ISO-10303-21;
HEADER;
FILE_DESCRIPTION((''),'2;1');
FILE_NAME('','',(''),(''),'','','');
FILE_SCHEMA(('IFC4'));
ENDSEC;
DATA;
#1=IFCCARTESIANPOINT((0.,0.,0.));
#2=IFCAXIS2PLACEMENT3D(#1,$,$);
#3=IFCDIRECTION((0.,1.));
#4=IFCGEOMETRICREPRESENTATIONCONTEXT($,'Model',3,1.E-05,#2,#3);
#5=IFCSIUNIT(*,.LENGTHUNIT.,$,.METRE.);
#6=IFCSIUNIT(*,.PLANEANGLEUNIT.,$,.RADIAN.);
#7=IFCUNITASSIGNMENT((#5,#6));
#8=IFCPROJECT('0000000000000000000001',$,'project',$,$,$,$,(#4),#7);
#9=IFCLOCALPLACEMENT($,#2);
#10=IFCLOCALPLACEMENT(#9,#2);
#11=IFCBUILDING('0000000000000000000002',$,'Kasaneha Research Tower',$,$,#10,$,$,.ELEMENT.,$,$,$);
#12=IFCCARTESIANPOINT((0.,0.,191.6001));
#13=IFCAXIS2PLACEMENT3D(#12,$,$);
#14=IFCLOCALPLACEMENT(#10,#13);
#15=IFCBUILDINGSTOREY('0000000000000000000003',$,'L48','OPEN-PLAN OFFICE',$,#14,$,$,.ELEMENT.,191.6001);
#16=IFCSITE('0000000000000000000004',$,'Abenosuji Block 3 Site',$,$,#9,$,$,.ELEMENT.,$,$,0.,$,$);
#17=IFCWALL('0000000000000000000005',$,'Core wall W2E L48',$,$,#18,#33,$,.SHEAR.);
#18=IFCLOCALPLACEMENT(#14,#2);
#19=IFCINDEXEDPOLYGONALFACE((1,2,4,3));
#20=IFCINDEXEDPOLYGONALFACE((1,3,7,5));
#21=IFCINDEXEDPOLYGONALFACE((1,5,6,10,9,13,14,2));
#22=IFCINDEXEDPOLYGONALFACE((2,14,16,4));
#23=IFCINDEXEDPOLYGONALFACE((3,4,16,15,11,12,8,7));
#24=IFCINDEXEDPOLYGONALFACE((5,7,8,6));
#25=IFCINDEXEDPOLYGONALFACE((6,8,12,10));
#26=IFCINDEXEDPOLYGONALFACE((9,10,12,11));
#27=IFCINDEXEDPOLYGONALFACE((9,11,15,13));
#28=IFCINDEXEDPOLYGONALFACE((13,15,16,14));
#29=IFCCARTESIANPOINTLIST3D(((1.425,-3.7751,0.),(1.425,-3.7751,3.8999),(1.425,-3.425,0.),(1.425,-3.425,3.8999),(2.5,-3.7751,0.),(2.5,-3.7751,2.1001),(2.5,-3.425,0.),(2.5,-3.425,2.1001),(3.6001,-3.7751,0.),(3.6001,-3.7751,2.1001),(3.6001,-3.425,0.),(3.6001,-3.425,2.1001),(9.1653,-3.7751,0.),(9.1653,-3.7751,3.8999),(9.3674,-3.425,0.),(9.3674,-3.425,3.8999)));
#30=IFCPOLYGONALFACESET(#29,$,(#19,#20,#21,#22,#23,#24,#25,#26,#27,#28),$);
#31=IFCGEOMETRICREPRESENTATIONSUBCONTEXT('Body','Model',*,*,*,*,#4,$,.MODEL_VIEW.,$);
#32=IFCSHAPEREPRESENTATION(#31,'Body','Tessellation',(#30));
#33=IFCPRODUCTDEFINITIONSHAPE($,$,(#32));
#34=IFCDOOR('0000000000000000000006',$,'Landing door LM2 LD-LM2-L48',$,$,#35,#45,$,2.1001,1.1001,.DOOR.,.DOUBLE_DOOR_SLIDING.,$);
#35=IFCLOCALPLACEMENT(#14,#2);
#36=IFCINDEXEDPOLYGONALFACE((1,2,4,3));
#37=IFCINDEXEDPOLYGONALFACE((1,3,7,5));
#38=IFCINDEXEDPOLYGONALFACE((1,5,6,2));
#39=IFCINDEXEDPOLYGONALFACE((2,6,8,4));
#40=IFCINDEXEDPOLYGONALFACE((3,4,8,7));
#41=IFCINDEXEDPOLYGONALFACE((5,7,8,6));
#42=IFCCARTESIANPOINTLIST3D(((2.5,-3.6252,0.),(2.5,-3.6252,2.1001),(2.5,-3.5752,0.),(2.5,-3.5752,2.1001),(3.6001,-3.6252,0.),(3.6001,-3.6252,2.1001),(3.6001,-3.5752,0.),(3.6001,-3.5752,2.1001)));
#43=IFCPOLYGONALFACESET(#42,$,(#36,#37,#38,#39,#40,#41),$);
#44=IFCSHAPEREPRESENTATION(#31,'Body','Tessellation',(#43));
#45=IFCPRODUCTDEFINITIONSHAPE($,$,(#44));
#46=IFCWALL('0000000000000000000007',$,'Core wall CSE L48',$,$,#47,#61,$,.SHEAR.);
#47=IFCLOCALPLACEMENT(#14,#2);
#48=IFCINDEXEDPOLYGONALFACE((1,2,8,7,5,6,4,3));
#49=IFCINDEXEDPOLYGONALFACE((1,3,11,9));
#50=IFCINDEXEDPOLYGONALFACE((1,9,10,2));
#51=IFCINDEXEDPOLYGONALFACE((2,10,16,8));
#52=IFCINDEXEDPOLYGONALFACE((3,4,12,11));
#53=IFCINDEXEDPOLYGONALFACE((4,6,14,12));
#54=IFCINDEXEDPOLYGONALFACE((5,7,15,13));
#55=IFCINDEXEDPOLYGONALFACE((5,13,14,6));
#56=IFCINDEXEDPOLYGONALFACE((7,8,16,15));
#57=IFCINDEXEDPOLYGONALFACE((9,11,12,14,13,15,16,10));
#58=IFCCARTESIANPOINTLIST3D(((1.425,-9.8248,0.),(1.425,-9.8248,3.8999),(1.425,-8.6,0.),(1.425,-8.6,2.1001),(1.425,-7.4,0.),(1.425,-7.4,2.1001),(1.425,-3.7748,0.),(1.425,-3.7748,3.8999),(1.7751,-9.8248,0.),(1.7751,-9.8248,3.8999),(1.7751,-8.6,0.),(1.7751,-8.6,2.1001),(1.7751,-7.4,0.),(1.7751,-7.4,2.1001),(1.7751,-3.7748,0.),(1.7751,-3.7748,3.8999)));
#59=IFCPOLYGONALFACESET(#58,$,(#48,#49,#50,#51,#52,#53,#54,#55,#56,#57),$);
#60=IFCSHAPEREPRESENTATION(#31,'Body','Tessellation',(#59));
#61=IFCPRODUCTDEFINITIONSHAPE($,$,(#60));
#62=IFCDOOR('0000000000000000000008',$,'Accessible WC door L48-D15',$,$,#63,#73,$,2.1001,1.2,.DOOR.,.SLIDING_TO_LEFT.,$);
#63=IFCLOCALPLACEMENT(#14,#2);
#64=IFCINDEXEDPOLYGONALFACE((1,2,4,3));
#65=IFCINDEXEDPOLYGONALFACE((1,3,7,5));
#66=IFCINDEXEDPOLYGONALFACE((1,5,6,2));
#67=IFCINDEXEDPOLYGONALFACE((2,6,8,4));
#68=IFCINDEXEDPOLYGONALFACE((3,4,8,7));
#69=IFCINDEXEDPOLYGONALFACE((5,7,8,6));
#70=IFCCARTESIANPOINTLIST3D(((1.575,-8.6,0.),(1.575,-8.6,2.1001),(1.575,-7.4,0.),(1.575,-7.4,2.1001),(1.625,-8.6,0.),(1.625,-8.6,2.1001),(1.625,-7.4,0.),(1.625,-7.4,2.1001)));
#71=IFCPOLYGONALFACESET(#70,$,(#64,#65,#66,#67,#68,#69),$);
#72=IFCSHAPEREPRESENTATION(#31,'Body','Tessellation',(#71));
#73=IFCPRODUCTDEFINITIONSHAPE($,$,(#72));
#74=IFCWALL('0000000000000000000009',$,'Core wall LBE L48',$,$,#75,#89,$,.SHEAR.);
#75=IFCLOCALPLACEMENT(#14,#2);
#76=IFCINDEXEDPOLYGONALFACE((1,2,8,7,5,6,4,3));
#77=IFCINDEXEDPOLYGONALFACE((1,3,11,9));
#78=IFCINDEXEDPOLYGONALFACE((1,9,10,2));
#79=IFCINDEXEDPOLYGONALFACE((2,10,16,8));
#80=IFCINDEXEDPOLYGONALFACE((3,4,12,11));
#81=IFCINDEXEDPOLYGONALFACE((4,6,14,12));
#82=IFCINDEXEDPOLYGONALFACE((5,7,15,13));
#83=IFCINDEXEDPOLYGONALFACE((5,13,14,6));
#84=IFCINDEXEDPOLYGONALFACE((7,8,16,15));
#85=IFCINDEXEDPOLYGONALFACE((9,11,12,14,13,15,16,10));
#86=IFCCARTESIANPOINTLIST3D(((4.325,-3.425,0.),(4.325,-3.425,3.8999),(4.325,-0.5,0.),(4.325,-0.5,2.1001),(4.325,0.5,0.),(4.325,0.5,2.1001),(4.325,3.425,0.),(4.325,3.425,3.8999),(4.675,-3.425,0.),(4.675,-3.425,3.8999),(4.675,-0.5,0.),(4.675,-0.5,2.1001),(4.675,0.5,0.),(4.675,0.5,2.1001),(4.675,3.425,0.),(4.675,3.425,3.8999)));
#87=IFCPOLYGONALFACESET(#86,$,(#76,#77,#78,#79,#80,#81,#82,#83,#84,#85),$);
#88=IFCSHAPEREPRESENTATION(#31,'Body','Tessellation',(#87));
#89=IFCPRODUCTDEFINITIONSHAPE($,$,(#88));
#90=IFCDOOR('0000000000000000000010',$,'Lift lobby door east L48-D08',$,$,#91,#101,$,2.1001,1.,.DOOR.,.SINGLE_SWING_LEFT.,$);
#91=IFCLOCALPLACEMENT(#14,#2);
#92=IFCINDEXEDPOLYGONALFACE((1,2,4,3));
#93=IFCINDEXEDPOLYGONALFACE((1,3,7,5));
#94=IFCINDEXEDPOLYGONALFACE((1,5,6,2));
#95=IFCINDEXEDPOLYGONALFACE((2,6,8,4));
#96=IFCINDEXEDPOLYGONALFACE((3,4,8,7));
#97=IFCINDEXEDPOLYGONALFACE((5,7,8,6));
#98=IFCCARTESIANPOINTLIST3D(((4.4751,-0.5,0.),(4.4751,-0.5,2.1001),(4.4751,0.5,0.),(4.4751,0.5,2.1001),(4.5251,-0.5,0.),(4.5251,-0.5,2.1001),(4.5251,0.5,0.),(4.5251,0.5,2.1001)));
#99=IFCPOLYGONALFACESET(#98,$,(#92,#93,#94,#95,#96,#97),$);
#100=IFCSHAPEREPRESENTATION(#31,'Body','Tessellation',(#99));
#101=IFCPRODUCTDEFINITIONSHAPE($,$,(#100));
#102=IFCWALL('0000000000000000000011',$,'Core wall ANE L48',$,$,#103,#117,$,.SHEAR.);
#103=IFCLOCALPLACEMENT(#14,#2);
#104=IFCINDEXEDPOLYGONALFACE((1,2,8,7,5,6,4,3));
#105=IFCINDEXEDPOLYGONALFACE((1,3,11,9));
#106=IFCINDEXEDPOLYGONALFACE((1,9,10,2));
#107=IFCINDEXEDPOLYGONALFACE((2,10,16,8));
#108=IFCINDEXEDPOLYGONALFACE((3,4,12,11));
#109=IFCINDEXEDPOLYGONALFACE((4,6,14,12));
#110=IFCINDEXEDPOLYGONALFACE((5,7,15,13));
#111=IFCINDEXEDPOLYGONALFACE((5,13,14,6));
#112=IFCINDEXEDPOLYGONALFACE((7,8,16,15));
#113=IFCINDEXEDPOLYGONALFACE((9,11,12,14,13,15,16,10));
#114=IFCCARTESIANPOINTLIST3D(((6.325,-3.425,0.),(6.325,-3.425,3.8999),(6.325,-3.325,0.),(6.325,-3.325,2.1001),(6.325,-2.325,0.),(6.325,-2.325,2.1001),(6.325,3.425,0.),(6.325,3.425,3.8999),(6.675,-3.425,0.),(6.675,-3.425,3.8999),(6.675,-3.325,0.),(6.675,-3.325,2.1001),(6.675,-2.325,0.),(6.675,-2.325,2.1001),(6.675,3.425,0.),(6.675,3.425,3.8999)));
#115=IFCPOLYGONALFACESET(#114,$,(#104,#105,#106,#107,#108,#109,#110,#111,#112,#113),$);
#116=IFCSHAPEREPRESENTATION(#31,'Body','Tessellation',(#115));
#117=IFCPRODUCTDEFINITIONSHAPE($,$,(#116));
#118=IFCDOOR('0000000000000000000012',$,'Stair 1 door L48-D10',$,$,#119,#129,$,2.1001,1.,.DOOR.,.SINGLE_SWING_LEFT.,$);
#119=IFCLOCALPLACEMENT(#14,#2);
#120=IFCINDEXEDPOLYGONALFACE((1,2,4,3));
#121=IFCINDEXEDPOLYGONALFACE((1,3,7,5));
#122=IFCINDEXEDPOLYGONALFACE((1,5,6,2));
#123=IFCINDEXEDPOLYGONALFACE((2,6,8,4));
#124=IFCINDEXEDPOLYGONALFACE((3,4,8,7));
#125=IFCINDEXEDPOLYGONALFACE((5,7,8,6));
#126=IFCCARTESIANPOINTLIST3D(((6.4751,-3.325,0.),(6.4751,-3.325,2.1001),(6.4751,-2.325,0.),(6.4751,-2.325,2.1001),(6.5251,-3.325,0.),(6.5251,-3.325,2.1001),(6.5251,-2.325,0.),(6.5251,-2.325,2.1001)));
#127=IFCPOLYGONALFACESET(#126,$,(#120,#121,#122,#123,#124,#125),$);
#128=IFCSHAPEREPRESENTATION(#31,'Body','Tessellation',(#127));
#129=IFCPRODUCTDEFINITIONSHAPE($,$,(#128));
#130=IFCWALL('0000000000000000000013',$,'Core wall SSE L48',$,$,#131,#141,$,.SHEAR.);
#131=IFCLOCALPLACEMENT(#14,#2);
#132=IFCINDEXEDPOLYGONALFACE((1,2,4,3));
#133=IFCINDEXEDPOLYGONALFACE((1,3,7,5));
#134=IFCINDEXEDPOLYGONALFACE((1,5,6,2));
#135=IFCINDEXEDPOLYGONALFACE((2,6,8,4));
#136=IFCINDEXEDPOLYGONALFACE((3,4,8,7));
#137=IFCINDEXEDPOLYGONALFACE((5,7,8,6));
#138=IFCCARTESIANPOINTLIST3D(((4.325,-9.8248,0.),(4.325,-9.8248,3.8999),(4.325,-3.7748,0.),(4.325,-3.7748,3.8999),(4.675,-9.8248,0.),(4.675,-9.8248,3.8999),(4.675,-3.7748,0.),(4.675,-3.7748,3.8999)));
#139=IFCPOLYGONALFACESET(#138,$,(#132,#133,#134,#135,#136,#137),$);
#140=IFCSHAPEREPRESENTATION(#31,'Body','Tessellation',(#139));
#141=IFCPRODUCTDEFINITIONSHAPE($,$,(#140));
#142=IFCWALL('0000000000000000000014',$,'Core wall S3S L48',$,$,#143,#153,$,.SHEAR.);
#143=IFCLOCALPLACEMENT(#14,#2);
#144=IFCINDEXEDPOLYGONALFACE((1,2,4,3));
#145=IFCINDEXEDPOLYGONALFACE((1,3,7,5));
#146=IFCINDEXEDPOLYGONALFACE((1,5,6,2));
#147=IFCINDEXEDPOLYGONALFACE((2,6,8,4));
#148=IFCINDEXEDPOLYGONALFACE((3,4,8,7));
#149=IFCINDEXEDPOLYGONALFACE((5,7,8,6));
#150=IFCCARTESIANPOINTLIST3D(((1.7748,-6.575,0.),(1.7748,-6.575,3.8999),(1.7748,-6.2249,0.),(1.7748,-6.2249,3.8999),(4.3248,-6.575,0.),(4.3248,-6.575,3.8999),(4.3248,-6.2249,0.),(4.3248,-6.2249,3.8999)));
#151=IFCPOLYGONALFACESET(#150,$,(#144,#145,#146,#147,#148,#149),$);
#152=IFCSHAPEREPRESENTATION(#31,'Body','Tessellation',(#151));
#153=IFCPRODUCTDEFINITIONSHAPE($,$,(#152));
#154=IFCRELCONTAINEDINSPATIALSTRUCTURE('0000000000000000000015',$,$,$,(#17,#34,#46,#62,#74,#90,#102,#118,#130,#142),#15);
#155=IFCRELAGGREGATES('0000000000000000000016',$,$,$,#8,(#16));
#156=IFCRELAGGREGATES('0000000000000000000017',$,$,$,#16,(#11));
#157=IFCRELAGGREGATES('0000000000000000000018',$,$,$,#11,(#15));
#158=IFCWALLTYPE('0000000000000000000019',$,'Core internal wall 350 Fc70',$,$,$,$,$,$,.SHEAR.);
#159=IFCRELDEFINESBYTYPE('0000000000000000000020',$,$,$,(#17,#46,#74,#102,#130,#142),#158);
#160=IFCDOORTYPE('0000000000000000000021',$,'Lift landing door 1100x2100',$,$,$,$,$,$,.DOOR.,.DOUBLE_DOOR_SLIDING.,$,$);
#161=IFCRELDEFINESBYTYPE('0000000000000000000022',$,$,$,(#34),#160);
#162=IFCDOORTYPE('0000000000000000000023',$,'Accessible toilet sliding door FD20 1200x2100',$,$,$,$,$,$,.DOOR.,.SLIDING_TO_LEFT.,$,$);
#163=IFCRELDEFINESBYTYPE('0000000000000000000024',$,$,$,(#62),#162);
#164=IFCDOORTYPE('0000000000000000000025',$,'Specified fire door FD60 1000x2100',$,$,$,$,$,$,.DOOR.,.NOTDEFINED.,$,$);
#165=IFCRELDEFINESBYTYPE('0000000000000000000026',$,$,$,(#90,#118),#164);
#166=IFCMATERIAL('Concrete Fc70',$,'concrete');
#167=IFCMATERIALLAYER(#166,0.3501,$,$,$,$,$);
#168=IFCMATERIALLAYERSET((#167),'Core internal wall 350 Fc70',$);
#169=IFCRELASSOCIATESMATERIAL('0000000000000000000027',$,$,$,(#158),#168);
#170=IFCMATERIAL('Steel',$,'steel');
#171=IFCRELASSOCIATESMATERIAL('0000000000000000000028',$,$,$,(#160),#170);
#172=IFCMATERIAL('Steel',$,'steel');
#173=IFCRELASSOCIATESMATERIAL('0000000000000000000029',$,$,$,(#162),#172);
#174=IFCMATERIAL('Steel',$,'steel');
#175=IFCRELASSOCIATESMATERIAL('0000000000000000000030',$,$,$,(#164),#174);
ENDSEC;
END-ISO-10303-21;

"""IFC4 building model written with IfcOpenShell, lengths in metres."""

from ifc_helpers import new_model, si_unit, direction, frame, frame_2d, origin, place, context, subcontext, project, spatial, polyline, rectangle, outline, extrude, material, layer, layer_set, type_object, element, fill, save


model = new_model("IFC4")

# Units and contexts
model_context = context("Model", 3, precision=1e-05, world=origin(), true_north=direction((0.0, 1.0)))
body_context = subcontext(model_context, "Body", "Model", "MODEL_VIEW")
ifc_project = project(units=[si_unit("LENGTHUNIT", "METRE"), si_unit("PLANEANGLEUNIT", "RADIAN")], contexts=[model_context])

# Site, building, storey
site_placement = place(None, origin())
site = spatial("IfcSite", under=ifc_project, at=site_placement, Name="Abenosuji Block 3 Site", CompositionType="ELEMENT", RefElevation=0.0)
building_placement = place(site_placement, origin())
building = spatial("IfcBuilding", under=site, at=building_placement, Name="Kasaneha Research Tower", CompositionType="ELEMENT")
storey_placement = place(building_placement, frame((0.0, 0.0, 191.6001)))
storey = spatial("IfcBuildingStorey", under=building, at=storey_placement, Name="L48", Description="OPEN-PLAN OFFICE", CompositionType="ELEMENT", Elevation=191.6001)

# Walls, openings, doors
ifc_material_1 = material(Name="Concrete Fc70", Category="concrete")
ifc_layer_1 = layer(ifc_material_1, 0.3501)
ifc_layer_set_1 = layer_set([ifc_layer_1], Name="Core internal wall 350 Fc70")
wall_type_1 = type_object("IfcWallType", Name="Core internal wall 350 Fc70", PredefinedType="SHEAR", material=ifc_layer_set_1)
wall_1_placement = place(storey_placement, frame((1.425, -3.6001, 0.0), z_axis=(0.0, 0.0, 1.0), x_axis=(1.0, 0.0, 0.0)))
wall_1 = element("IfcWall", 1, at=wall_1_placement, inside=storey, type_object=wall_type_1, Name="Core wall W2E L48", PredefinedType="SHEAR", context=body_context, shape_type="SweptSolid", body=[
    extrude(outline(polyline([(0.0, -0.175), (1.075, -0.175), (2.175, -0.175), (7.7402, -0.175), (7.9424, 0.175), (2.175, 0.175), (1.075, 0.175), (0.0, 0.175), (0.0, -0.175)])), origin(), (0.0, 0.0, 1.0), 3.8999),
])
opening_1_placement = place(wall_1_placement, frame((1.075, 0.0, 0.0)))
opening_1 = element("IfcOpeningElement", 2, at=opening_1_placement, cuts=wall_1, PredefinedType="OPENING", context=body_context, shape_type="SweptSolid", body=[
    extrude(rectangle(XDim=1.1001, YDim=2.1001, at=frame_2d((0.55, 1.05))), frame((0.0, 0.1851, 0.0), z_axis=(0.0, -1.0, 0.0), x_axis=(1.0, 0.0, 0.0)), (0.0, 0.0, 1.0), 0.3701),
])
ifc_material_2 = material(Name="Steel", Category="steel")
door_type_1 = type_object("IfcDoorType", Name="Lift landing door 1100x2100", OperationType="DOUBLE_DOOR_SLIDING", PredefinedType="DOOR", material=ifc_material_2)
door_1_placement = place(opening_1_placement, origin())
door_1 = element("IfcDoor", 3, at=door_1_placement, inside=storey, type_object=door_type_1, Name="Landing door LM2 LD-LM2-L48", OperationType="DOUBLE_DOOR_SLIDING", OverallHeight=2.1001, OverallWidth=1.1001, PredefinedType="DOOR", context=body_context, shape_type="SweptSolid", body=[
    extrude(rectangle(XDim=1.1001, YDim=2.1001, at=frame_2d((0.55, 1.05))), frame((0.0, 0.0249, 0.0), z_axis=(0.0, -1.0, 0.0), x_axis=(1.0, 0.0, 0.0)), (0.0, 0.0, 1.0), 0.05),
])
fill(opening_1, door_1)
wall_2_placement = place(storey_placement, frame((1.6001, -3.7749, 0.0), z_axis=(0.0, 0.0, 1.0), x_axis=(0.0, -1.0, 0.0)))
wall_2 = element("IfcWall", 4, at=wall_2_placement, inside=storey, type_object=wall_type_1, Name="Core wall CSE L48", PredefinedType="SHEAR", context=body_context, shape_type="SweptSolid", body=[
    extrude(rectangle(XDim=6.05, YDim=0.3501, at=frame_2d((3.0249, 0.0))), origin(), (0.0, 0.0, 1.0), 3.8999),
])
opening_2_placement = place(wall_2_placement, frame((3.625, 0.0, 0.0)))
opening_2 = element("IfcOpeningElement", 5, at=opening_2_placement, cuts=wall_2, PredefinedType="OPENING", context=body_context, shape_type="SweptSolid", body=[
    extrude(rectangle(XDim=1.2, YDim=2.1001, at=frame_2d((0.6001, 1.05))), frame((0.0, 0.1851, 0.0), z_axis=(0.0, -1.0, 0.0), x_axis=(1.0, 0.0, 0.0)), (0.0, 0.0, 1.0), 0.3701),
])
ifc_material_3 = material(Name="Steel", Category="steel")
door_type_2 = type_object("IfcDoorType", Name="Accessible toilet sliding door FD20 1200x2100", OperationType="SLIDING_TO_LEFT", PredefinedType="DOOR", material=ifc_material_3)
door_2_placement = place(opening_2_placement, origin())
door_2 = element("IfcDoor", 6, at=door_2_placement, inside=storey, type_object=door_type_2, Name="Accessible WC door L48-D15", OperationType="SLIDING_TO_LEFT", OverallHeight=2.1001, OverallWidth=1.2, PredefinedType="DOOR", context=body_context, shape_type="SweptSolid", body=[
    extrude(rectangle(XDim=1.2, YDim=2.1001, at=frame_2d((0.6001, 1.05))), frame((0.0, 0.0249, 0.0), z_axis=(0.0, -1.0, 0.0), x_axis=(1.0, 0.0, 0.0)), (0.0, 0.0, 1.0), 0.05),
])
fill(opening_2, door_2)
wall_3_placement = place(storey_placement, frame((4.5, -3.425, 0.0), z_axis=(0.0, 0.0, 1.0), x_axis=(0.0, 1.0, 0.0)))
wall_3 = element("IfcWall", 7, at=wall_3_placement, inside=storey, type_object=wall_type_1, Name="Core wall LBE L48", PredefinedType="SHEAR", context=body_context, shape_type="SweptSolid", body=[
    extrude(rectangle(XDim=6.8501, YDim=0.3501, at=frame_2d((3.425, 0.0))), origin(), (0.0, 0.0, 1.0), 3.8999),
])
opening_3_placement = place(wall_3_placement, frame((2.925, 0.0, 0.0)))
opening_3 = element("IfcOpeningElement", 8, at=opening_3_placement, cuts=wall_3, PredefinedType="OPENING", context=body_context, shape_type="SweptSolid", body=[
    extrude(rectangle(XDim=1.0, YDim=2.1001, at=frame_2d((0.5, 1.05))), frame((0.0, 0.1851, 0.0), z_axis=(0.0, -1.0, 0.0), x_axis=(1.0, 0.0, 0.0)), (0.0, 0.0, 1.0), 0.3701),
])
ifc_material_4 = material(Name="Steel", Category="steel")
door_type_3 = type_object("IfcDoorType", Name="Specified fire door FD60 1000x2100", OperationType="NOTDEFINED", PredefinedType="DOOR", material=ifc_material_4)
door_3_placement = place(opening_3_placement, origin())
door_3 = element("IfcDoor", 9, at=door_3_placement, inside=storey, type_object=door_type_3, Name="Lift lobby door east L48-D08", OperationType="SINGLE_SWING_LEFT", OverallHeight=2.1001, OverallWidth=1.0, PredefinedType="DOOR", context=body_context, shape_type="SweptSolid", body=[
    extrude(rectangle(XDim=1.0, YDim=2.1001, at=frame_2d((0.5, 1.05))), frame((0.0, 0.0249, 0.0), z_axis=(0.0, -1.0, 0.0), x_axis=(1.0, 0.0, 0.0)), (0.0, 0.0, 1.0), 0.05),
])
fill(opening_3, door_3)
wall_4_placement = place(storey_placement, frame((6.5, -3.425, 0.0), z_axis=(0.0, 0.0, 1.0), x_axis=(0.0, 1.0, 0.0)))
wall_4 = element("IfcWall", 10, at=wall_4_placement, inside=storey, type_object=wall_type_1, Name="Core wall ANE L48", PredefinedType="SHEAR", context=body_context, shape_type="SweptSolid", body=[
    extrude(rectangle(XDim=6.8501, YDim=0.3501, at=frame_2d((3.425, 0.0))), origin(), (0.0, 0.0, 1.0), 3.8999),
])
opening_4_placement = place(wall_4_placement, frame((0.1001, 0.0, 0.0)))
opening_4 = element("IfcOpeningElement", 11, at=opening_4_placement, cuts=wall_4, PredefinedType="OPENING", context=body_context, shape_type="SweptSolid", body=[
    extrude(rectangle(XDim=1.0, YDim=2.1001, at=frame_2d((0.5, 1.05))), frame((0.0, 0.1851, 0.0), z_axis=(0.0, -1.0, 0.0), x_axis=(1.0, 0.0, 0.0)), (0.0, 0.0, 1.0), 0.3701),
])
door_4_placement = place(opening_4_placement, origin())
door_4 = element("IfcDoor", 12, at=door_4_placement, inside=storey, type_object=door_type_3, Name="Stair 1 door L48-D10", OperationType="SINGLE_SWING_LEFT", OverallHeight=2.1001, OverallWidth=1.0, PredefinedType="DOOR", context=body_context, shape_type="SweptSolid", body=[
    extrude(rectangle(XDim=1.0, YDim=2.1001, at=frame_2d((0.5, 1.05))), frame((0.0, 0.0249, 0.0), z_axis=(0.0, -1.0, 0.0), x_axis=(1.0, 0.0, 0.0)), (0.0, 0.0, 1.0), 0.05),
])
fill(opening_4, door_4)

# Walls
wall_5_placement = place(storey_placement, frame((4.5, -3.7749, 0.0), z_axis=(0.0, 0.0, 1.0), x_axis=(0.0, -1.0, 0.0)))
element("IfcWall", 13, at=wall_5_placement, inside=storey, type_object=wall_type_1, Name="Core wall SSE L48", PredefinedType="SHEAR", context=body_context, shape_type="SweptSolid", body=[
    extrude(rectangle(XDim=6.05, YDim=0.3501, at=frame_2d((3.0249, 0.0))), origin(), (0.0, 0.0, 1.0), 3.8999),
])
wall_6_placement = place(storey_placement, frame((1.7749, -6.3999, 0.0), z_axis=(0.0, 0.0, 1.0), x_axis=(1.0, 0.0, 0.0)))
element("IfcWall", 14, at=wall_6_placement, inside=storey, type_object=wall_type_1, Name="Core wall S3S L48", PredefinedType="SHEAR", context=body_context, shape_type="SweptSolid", body=[
    extrude(rectangle(XDim=2.55, YDim=0.3501, at=frame_2d((1.2749, 0.0))), origin(), (0.0, 0.0, 1.0), 3.8999),
])

save(model, "model.ifc")
